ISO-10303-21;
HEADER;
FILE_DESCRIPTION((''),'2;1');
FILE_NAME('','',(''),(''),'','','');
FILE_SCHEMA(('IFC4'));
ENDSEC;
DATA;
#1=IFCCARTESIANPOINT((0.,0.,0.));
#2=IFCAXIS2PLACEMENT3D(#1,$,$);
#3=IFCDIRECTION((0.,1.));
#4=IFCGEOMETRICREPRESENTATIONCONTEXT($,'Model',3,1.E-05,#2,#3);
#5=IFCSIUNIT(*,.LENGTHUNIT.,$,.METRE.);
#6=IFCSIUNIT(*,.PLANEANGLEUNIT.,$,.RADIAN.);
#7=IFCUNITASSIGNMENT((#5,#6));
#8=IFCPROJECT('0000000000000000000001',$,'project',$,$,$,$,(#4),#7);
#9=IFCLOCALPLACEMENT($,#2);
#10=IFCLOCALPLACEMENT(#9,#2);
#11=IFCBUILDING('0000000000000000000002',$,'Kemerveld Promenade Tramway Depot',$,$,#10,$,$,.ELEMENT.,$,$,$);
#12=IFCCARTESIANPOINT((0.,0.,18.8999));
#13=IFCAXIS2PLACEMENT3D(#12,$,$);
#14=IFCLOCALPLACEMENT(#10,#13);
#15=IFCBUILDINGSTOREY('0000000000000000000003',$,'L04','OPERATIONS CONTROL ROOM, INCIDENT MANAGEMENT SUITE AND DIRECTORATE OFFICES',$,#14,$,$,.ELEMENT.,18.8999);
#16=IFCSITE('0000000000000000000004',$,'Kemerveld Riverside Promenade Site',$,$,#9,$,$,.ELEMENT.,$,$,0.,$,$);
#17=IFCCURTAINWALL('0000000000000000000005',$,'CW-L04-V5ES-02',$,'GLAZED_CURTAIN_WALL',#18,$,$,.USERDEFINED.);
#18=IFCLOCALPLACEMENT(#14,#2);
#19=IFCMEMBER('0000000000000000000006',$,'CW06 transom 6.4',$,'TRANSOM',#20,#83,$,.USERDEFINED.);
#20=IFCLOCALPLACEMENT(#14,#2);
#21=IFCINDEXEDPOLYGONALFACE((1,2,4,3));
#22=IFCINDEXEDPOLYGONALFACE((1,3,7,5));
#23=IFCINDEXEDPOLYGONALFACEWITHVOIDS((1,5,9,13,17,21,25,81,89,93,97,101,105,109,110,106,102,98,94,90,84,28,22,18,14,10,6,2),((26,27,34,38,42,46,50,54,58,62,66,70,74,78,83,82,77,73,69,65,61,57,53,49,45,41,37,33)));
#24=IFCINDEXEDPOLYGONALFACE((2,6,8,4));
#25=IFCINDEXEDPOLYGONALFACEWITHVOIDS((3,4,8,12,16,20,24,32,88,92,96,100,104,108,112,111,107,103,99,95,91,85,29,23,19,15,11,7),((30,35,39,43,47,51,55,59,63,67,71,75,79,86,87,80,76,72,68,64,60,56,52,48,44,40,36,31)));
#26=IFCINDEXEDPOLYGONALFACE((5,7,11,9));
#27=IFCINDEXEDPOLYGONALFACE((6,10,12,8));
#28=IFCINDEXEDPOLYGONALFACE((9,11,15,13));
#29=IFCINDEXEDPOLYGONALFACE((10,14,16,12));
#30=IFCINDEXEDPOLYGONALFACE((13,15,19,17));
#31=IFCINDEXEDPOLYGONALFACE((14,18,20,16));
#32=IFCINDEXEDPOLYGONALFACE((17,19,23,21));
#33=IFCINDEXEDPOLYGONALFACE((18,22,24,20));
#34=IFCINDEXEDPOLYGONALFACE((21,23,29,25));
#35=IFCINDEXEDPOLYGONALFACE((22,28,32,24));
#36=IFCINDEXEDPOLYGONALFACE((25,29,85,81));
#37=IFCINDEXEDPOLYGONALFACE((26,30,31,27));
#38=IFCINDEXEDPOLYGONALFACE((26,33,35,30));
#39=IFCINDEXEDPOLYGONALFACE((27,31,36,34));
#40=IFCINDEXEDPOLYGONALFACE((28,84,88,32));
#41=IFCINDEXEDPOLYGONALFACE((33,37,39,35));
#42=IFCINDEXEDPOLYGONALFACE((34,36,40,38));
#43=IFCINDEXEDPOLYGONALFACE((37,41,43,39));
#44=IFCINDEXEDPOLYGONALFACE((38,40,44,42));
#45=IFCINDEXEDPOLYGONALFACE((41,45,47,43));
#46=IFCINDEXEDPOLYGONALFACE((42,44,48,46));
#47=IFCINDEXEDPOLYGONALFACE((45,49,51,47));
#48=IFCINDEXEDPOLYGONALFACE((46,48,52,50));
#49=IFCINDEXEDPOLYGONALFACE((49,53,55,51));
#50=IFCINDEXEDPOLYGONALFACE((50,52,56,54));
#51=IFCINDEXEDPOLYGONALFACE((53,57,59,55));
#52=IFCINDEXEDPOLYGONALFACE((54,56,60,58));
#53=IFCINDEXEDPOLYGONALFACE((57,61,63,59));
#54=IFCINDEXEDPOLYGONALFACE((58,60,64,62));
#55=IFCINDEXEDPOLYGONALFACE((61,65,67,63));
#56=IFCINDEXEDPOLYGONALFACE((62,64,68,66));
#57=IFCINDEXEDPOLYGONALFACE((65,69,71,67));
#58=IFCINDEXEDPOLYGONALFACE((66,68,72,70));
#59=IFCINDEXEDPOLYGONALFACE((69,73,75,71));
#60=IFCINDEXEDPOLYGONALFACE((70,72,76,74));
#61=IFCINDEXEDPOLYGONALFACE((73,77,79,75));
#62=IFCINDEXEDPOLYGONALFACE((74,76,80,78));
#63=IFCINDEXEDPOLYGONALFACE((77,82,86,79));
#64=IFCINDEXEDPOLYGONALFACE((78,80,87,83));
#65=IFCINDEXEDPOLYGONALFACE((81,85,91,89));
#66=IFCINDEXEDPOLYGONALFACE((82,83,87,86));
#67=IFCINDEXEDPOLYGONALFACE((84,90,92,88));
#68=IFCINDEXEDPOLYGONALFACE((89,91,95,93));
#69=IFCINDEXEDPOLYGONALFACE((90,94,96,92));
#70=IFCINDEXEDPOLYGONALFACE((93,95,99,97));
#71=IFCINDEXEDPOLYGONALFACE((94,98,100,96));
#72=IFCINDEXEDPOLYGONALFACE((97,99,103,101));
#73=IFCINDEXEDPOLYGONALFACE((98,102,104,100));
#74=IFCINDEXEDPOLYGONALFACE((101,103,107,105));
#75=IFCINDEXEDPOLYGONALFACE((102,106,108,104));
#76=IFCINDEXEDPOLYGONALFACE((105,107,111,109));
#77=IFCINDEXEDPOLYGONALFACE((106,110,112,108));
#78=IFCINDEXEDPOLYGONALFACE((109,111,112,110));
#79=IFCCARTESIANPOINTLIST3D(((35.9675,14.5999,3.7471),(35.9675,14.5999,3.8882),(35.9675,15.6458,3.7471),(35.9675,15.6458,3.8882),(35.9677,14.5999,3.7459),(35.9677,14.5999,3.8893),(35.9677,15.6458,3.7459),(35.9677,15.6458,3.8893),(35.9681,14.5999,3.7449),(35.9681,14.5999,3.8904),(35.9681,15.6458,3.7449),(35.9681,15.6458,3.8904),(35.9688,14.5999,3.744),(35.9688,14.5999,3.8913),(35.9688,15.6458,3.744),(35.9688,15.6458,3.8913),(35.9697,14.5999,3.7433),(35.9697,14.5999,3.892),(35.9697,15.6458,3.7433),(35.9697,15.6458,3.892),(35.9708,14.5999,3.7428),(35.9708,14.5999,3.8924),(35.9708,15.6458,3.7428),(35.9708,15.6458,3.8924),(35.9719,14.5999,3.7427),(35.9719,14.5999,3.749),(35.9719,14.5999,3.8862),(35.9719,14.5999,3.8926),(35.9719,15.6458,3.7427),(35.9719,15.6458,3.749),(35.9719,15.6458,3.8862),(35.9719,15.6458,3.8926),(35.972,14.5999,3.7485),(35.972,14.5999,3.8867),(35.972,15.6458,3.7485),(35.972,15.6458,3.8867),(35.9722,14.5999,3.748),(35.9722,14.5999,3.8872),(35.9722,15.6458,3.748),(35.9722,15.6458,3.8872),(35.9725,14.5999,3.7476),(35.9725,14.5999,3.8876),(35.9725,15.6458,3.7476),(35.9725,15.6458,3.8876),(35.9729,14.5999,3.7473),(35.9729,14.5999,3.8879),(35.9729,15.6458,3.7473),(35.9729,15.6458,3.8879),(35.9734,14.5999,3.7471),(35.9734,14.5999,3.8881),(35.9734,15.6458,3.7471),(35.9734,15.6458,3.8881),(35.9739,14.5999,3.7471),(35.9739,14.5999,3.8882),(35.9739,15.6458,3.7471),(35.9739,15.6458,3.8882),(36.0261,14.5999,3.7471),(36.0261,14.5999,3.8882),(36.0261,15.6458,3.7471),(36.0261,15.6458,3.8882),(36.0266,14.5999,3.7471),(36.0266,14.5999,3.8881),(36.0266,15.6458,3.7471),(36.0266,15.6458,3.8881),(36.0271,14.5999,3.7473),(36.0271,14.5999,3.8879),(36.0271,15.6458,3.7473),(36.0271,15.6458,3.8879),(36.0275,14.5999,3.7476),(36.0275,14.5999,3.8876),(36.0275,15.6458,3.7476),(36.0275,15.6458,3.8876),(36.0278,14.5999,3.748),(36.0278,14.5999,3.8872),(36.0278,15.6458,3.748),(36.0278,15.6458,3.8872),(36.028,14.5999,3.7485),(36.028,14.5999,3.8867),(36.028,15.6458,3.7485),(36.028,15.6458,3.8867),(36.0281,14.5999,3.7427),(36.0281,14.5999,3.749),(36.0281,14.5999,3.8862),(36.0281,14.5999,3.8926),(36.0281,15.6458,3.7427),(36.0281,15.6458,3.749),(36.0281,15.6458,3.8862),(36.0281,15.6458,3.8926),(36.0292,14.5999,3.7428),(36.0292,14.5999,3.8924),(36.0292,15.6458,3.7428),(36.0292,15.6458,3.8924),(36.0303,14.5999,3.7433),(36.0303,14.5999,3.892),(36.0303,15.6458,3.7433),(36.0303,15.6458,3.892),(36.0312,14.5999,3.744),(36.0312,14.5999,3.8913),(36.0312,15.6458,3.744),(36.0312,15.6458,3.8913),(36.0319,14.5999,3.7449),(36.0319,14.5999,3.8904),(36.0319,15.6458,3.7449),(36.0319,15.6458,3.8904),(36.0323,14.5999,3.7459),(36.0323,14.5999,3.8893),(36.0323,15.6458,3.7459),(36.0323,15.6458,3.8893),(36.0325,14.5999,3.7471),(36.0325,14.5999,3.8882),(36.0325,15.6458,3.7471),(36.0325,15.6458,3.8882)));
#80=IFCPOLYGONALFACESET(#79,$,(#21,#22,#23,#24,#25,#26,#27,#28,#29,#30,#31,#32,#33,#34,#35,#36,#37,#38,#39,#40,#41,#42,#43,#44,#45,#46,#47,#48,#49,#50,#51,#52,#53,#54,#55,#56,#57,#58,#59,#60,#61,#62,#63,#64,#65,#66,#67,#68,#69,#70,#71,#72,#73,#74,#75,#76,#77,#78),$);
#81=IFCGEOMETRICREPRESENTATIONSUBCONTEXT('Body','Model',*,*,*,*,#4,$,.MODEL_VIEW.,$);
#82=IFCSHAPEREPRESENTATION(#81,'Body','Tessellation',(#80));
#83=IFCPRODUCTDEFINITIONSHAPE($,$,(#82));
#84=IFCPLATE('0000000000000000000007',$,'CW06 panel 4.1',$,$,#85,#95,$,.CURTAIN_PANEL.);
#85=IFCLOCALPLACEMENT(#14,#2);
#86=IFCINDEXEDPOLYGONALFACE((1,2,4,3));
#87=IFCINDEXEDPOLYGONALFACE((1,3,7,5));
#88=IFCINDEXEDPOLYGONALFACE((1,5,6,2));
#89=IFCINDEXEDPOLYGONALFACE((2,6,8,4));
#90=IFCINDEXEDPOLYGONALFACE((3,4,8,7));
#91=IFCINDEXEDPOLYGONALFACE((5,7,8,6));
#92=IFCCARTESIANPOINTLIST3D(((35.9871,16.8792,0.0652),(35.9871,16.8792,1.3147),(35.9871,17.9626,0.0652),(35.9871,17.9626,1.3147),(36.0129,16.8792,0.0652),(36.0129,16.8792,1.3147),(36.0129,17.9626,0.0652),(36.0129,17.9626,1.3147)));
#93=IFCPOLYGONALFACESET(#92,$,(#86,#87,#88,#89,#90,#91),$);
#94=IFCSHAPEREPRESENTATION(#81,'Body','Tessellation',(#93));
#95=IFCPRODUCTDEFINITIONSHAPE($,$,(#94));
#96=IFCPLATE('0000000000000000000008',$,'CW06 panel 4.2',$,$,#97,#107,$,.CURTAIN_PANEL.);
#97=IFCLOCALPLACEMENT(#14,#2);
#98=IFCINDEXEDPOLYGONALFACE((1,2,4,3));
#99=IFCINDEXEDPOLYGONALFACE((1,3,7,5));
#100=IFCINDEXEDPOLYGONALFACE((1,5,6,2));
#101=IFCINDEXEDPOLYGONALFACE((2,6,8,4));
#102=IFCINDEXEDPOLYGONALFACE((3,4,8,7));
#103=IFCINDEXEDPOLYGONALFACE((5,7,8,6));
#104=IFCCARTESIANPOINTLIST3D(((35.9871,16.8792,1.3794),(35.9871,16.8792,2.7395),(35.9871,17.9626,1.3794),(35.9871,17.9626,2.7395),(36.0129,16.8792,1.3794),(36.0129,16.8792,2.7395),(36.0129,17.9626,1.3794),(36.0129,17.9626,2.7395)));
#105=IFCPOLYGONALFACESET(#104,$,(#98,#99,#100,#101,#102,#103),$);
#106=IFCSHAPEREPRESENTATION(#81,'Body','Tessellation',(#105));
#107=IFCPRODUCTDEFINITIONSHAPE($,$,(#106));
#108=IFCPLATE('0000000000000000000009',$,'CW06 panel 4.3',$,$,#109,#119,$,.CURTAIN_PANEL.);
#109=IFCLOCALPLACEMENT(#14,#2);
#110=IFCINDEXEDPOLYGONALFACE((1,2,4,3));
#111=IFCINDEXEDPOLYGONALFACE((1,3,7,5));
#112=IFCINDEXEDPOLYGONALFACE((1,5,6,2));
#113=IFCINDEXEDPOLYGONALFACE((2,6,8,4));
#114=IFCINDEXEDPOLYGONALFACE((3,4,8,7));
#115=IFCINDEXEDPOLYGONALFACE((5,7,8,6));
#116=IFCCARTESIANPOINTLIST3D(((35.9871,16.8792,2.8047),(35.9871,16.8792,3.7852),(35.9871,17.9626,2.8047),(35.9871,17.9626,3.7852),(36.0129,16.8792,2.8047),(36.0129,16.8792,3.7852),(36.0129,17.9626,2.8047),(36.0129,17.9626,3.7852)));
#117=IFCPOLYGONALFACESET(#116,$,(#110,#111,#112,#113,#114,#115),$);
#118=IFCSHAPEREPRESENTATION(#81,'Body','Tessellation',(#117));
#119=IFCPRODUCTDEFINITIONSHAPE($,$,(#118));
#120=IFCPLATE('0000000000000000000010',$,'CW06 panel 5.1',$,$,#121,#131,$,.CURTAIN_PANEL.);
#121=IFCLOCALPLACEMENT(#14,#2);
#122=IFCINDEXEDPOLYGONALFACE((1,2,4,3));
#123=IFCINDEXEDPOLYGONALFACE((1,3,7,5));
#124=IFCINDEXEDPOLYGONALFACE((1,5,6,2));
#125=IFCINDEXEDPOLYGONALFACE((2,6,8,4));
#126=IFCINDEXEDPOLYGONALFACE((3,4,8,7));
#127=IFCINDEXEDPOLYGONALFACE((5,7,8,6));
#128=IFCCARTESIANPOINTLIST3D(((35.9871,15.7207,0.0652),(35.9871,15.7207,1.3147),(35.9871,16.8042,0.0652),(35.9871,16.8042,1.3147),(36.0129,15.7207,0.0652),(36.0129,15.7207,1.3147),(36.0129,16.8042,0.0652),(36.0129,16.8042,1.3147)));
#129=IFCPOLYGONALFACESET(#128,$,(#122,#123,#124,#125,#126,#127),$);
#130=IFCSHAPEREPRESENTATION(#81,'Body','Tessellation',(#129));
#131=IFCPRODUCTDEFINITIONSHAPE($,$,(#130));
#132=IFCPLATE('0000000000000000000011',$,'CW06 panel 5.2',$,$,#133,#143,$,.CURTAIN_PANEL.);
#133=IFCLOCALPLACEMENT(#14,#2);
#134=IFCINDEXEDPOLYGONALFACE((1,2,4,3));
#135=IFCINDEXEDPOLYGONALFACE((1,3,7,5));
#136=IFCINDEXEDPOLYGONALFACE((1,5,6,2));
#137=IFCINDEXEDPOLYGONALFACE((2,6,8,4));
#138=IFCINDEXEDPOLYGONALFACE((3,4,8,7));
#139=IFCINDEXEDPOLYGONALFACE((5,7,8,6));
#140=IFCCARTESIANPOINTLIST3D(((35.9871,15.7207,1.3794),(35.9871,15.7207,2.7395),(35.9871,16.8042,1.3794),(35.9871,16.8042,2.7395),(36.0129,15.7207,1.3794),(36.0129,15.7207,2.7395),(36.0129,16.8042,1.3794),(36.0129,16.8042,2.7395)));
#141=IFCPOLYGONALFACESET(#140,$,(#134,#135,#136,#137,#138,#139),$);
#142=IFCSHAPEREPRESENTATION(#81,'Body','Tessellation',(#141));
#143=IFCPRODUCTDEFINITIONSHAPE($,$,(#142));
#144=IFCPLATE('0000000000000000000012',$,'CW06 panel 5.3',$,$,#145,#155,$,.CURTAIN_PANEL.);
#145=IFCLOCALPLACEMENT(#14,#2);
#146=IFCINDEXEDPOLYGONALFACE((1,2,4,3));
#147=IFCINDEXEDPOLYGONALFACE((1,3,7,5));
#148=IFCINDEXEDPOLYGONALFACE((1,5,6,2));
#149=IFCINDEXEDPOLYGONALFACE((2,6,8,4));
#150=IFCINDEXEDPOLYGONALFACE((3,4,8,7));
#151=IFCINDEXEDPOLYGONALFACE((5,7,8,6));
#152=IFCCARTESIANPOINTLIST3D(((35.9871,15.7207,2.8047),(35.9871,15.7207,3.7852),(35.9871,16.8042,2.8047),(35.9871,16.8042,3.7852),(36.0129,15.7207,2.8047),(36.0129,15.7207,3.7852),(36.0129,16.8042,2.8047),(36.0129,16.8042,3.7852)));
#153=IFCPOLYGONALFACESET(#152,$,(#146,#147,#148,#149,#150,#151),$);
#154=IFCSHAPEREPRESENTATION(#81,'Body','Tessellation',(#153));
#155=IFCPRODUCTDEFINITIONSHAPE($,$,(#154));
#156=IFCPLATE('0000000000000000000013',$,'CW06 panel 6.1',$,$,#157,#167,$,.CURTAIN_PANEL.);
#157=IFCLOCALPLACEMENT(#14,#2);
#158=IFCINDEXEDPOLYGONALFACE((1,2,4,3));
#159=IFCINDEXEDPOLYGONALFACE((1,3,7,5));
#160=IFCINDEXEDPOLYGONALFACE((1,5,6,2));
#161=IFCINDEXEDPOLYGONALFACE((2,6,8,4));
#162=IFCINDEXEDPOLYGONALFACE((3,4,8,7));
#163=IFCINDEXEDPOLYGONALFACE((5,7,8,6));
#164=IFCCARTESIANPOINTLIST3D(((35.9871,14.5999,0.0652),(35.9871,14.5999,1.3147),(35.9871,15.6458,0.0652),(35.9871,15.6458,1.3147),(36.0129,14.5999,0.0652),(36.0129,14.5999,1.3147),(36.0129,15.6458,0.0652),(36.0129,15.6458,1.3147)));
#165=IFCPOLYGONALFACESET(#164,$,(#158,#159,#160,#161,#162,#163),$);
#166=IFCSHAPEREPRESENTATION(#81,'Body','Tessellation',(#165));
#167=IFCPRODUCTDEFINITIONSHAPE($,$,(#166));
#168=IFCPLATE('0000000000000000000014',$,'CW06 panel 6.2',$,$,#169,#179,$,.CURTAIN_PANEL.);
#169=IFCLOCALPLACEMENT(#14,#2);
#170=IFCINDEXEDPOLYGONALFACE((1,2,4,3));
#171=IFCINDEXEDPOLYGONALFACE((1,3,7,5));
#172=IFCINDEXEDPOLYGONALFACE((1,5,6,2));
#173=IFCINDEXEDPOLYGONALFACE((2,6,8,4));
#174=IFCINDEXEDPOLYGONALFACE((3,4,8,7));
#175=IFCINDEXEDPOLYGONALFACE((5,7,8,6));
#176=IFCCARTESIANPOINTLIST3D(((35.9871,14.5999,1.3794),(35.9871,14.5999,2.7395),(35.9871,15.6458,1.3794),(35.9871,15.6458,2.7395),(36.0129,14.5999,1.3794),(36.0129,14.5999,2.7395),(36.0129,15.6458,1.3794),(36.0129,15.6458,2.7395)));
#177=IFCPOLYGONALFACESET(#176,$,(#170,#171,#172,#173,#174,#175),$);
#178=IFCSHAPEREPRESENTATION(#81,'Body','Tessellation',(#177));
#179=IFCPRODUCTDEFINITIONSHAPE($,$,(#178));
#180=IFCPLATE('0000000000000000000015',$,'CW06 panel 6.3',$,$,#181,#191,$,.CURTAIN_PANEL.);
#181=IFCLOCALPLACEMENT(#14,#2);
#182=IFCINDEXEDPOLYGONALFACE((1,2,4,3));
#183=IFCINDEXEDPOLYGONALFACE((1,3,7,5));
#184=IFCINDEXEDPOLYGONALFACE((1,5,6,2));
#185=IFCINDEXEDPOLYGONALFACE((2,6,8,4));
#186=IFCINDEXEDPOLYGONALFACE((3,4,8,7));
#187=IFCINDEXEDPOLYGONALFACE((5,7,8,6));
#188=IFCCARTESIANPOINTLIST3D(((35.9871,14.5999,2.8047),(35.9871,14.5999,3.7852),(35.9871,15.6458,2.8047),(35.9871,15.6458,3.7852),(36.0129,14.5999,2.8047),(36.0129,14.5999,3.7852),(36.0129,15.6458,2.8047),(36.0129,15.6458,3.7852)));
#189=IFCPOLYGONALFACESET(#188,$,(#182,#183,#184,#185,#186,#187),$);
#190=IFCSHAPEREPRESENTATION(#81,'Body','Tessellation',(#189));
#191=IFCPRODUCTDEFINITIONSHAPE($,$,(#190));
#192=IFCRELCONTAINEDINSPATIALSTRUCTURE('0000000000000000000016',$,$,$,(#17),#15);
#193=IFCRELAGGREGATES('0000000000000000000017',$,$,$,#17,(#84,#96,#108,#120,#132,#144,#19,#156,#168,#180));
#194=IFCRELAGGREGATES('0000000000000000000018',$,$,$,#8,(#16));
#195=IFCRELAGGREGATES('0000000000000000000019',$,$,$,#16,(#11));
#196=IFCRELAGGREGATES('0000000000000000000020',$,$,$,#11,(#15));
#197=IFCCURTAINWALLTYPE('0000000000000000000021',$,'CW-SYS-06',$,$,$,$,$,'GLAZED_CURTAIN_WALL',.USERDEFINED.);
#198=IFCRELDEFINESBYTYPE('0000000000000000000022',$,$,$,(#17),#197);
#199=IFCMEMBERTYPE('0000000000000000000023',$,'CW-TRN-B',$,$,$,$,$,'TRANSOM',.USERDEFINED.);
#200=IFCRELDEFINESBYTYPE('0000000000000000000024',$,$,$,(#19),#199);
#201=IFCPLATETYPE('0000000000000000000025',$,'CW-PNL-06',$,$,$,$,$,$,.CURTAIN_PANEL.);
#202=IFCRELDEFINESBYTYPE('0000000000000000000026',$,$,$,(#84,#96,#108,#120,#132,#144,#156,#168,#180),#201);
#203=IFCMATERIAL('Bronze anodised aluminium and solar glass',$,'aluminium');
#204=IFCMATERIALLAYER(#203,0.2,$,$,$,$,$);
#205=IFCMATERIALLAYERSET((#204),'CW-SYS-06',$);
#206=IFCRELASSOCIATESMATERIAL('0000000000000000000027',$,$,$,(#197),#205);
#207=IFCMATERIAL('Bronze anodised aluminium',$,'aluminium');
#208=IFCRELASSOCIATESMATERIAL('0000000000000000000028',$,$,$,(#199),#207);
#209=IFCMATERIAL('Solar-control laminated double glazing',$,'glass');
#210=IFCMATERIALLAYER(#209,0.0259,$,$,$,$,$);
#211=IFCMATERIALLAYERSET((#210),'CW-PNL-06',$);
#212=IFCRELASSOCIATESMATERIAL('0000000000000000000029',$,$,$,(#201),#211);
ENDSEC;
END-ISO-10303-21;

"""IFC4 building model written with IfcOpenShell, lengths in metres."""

from ifc_helpers import new_model, si_unit, direction, frame, origin, origin_2d, place, context, subcontext, project, spatial, rectangle, hollow_rectangle, extrude, material, layer, layer_set, material_profile, profile_set, type_object, element, aggregate, save


model = new_model("IFC4")

# Units and contexts
model_context = context("Model", 3, precision=1e-05, world=origin(), true_north=direction((0.0, 1.0)))
body_context = subcontext(model_context, "Body", "Model", "MODEL_VIEW")
ifc_project = project(units=[si_unit("LENGTHUNIT", "METRE"), si_unit("PLANEANGLEUNIT", "RADIAN")], contexts=[model_context])

# Site, building, storey
site_placement = place(None, origin())
site = spatial("IfcSite", under=ifc_project, at=site_placement, Name="Kemerveld Riverside Promenade Site", CompositionType="ELEMENT", RefElevation=0.0)
building_placement = place(site_placement, origin())
building = spatial("IfcBuilding", under=site, at=building_placement, Name="Kemerveld Promenade Tramway Depot", CompositionType="ELEMENT")
storey_placement = place(building_placement, frame((0.0, 0.0, 18.8999)))
storey = spatial("IfcBuildingStorey", under=building, at=storey_placement, Name="L04", Description="OPERATIONS CONTROL ROOM, INCIDENT MANAGEMENT SUITE AND DIRECTORATE OFFICES", CompositionType="ELEMENT", Elevation=18.8999)

# Curtain wall, member, plates
ifc_material_1 = material(Name="Bronze anodised aluminium and solar glass", Category="aluminium")
ifc_layer_1 = layer(ifc_material_1, 0.2)
ifc_layer_set_1 = layer_set([ifc_layer_1], Name="CW-SYS-06")
curtain_wall_type = type_object("IfcCurtainWallType", Name="CW-SYS-06", ElementType="GLAZED_CURTAIN_WALL", PredefinedType="USERDEFINED", material=ifc_layer_set_1)
curtain_wall_placement = place(storey_placement, origin())
curtain_wall = element("IfcCurtainWall", 1, at=curtain_wall_placement, inside=storey, type_object=curtain_wall_type, Name="CW-L04-V5ES-02", ObjectType="GLAZED_CURTAIN_WALL", PredefinedType="USERDEFINED")
ifc_material_2 = material(Name="Bronze anodised aluminium", Category="aluminium")
ifc_material_profile_1 = material_profile(ifc_material_2, hollow_rectangle(XDim=0.0649, YDim=0.1499, WallThickness=0.0044, InnerFilletRadius=0.002, OuterFilletRadius=0.0044, at=origin_2d()), Name="CW-TRN-150x65")
ifc_profile_set_1 = profile_set([ifc_material_profile_1], Name="Bronze anodised aluminium")
member_type_1 = type_object("IfcMemberType", Name="CW-TRN-B", ElementType="TRANSOM", PredefinedType="USERDEFINED", material=ifc_profile_set_1)
member_1_placement = place(storey_placement, frame((36.0, 15.6458, 3.8176), z_axis=(0.0, -1.0, 0.0), x_axis=(1.0, 0.0, 0.0)))
member_1 = element("IfcMember", 2, at=member_1_placement, type_object=member_type_1, Name="CW06 transom 6.4", ObjectType="TRANSOM", PredefinedType="USERDEFINED", context=body_context, shape_type="SweptSolid", body=[
    extrude(hollow_rectangle(XDim=0.0649, YDim=0.1499, WallThickness=0.0044, InnerFilletRadius=0.002, OuterFilletRadius=0.0044, at=origin_2d()), origin(), (0.0, 0.0, 1.0), 1.0459),
])
ifc_material_3 = material(Name="Solar-control laminated double glazing", Category="glass")
ifc_layer_2 = layer(ifc_material_3, 0.0259)
ifc_layer_set_2 = layer_set([ifc_layer_2], Name="CW-PNL-06")
plate_type = type_object("IfcPlateType", Name="CW-PNL-06", PredefinedType="CURTAIN_PANEL", material=ifc_layer_set_2)
plate_1_placement = place(storey_placement, frame((36.0, 17.4209, 0.0652), z_axis=(0.0, 0.0, 1.0), x_axis=(0.0, -1.0, 0.0)))
plate_1 = element("IfcPlate", 3, at=plate_1_placement, type_object=plate_type, Name="CW06 panel 4.1", PredefinedType="CURTAIN_PANEL", context=body_context, shape_type="SweptSolid", body=[
    extrude(rectangle(XDim=1.0835, YDim=0.0259, at=origin_2d()), origin(), (0.0, 0.0, 1.0), 1.2495),
])
plate_2_placement = place(storey_placement, frame((36.0, 17.4209, 1.3794), z_axis=(0.0, 0.0, 1.0), x_axis=(0.0, -1.0, 0.0)))
plate_2 = element("IfcPlate", 4, at=plate_2_placement, type_object=plate_type, Name="CW06 panel 4.2", PredefinedType="CURTAIN_PANEL", context=body_context, shape_type="SweptSolid", body=[
    extrude(rectangle(XDim=1.0835, YDim=0.0259, at=origin_2d()), origin(), (0.0, 0.0, 1.0), 1.3601),
])
plate_3_placement = place(storey_placement, frame((36.0, 17.4209, 2.8047), z_axis=(0.0, 0.0, 1.0), x_axis=(0.0, -1.0, 0.0)))
plate_3 = element("IfcPlate", 5, at=plate_3_placement, type_object=plate_type, Name="CW06 panel 4.3", PredefinedType="CURTAIN_PANEL", context=body_context, shape_type="SweptSolid", body=[
    extrude(rectangle(XDim=1.0835, YDim=0.0259, at=origin_2d()), origin(), (0.0, 0.0, 1.0), 0.9805),
])
plate_4_placement = place(storey_placement, frame((36.0, 16.2625, 0.0652), z_axis=(0.0, 0.0, 1.0), x_axis=(0.0, -1.0, 0.0)))
plate_4 = element("IfcPlate", 6, at=plate_4_placement, type_object=plate_type, Name="CW06 panel 5.1", PredefinedType="CURTAIN_PANEL", context=body_context, shape_type="SweptSolid", body=[
    extrude(rectangle(XDim=1.0835, YDim=0.0259, at=origin_2d()), origin(), (0.0, 0.0, 1.0), 1.2495),
])
plate_5_placement = place(storey_placement, frame((36.0, 16.2625, 1.3794), z_axis=(0.0, 0.0, 1.0), x_axis=(0.0, -1.0, 0.0)))
plate_5 = element("IfcPlate", 7, at=plate_5_placement, type_object=plate_type, Name="CW06 panel 5.2", PredefinedType="CURTAIN_PANEL", context=body_context, shape_type="SweptSolid", body=[
    extrude(rectangle(XDim=1.0835, YDim=0.0259, at=origin_2d()), origin(), (0.0, 0.0, 1.0), 1.3601),
])
plate_6_placement = place(storey_placement, frame((36.0, 16.2625, 2.8047), z_axis=(0.0, 0.0, 1.0), x_axis=(0.0, -1.0, 0.0)))
plate_6 = element("IfcPlate", 8, at=plate_6_placement, type_object=plate_type, Name="CW06 panel 5.3", PredefinedType="CURTAIN_PANEL", context=body_context, shape_type="SweptSolid", body=[
    extrude(rectangle(XDim=1.0835, YDim=0.0259, at=origin_2d()), origin(), (0.0, 0.0, 1.0), 0.9805),
])
plate_7_placement = place(storey_placement, frame((36.0, 15.1228, 0.0652), z_axis=(0.0, 0.0, 1.0), x_axis=(0.0, -1.0, 0.0)))
plate_7 = element("IfcPlate", 9, at=plate_7_placement, type_object=plate_type, Name="CW06 panel 6.1", PredefinedType="CURTAIN_PANEL", context=body_context, shape_type="SweptSolid", body=[
    extrude(rectangle(XDim=1.0459, YDim=0.0259, at=origin_2d()), origin(), (0.0, 0.0, 1.0), 1.2495),
])
plate_8_placement = place(storey_placement, frame((36.0, 15.1228, 1.3794), z_axis=(0.0, 0.0, 1.0), x_axis=(0.0, -1.0, 0.0)))
plate_8 = element("IfcPlate", 10, at=plate_8_placement, type_object=plate_type, Name="CW06 panel 6.2", PredefinedType="CURTAIN_PANEL", context=body_context, shape_type="SweptSolid", body=[
    extrude(rectangle(XDim=1.0459, YDim=0.0259, at=origin_2d()), origin(), (0.0, 0.0, 1.0), 1.3601),
])
plate_9_placement = place(storey_placement, frame((36.0, 15.1228, 2.8047), z_axis=(0.0, 0.0, 1.0), x_axis=(0.0, -1.0, 0.0)))
plate_9 = element("IfcPlate", 11, at=plate_9_placement, type_object=plate_type, Name="CW06 panel 6.3", PredefinedType="CURTAIN_PANEL", context=body_context, shape_type="SweptSolid", body=[
    extrude(rectangle(XDim=1.0459, YDim=0.0259, at=origin_2d()), origin(), (0.0, 0.0, 1.0), 0.9805),
])
aggregate(curtain_wall, [plate_1, plate_2, plate_3, plate_4, plate_5, plate_6, member_1, plate_7, plate_8, plate_9])

save(model, "model.ifc")
